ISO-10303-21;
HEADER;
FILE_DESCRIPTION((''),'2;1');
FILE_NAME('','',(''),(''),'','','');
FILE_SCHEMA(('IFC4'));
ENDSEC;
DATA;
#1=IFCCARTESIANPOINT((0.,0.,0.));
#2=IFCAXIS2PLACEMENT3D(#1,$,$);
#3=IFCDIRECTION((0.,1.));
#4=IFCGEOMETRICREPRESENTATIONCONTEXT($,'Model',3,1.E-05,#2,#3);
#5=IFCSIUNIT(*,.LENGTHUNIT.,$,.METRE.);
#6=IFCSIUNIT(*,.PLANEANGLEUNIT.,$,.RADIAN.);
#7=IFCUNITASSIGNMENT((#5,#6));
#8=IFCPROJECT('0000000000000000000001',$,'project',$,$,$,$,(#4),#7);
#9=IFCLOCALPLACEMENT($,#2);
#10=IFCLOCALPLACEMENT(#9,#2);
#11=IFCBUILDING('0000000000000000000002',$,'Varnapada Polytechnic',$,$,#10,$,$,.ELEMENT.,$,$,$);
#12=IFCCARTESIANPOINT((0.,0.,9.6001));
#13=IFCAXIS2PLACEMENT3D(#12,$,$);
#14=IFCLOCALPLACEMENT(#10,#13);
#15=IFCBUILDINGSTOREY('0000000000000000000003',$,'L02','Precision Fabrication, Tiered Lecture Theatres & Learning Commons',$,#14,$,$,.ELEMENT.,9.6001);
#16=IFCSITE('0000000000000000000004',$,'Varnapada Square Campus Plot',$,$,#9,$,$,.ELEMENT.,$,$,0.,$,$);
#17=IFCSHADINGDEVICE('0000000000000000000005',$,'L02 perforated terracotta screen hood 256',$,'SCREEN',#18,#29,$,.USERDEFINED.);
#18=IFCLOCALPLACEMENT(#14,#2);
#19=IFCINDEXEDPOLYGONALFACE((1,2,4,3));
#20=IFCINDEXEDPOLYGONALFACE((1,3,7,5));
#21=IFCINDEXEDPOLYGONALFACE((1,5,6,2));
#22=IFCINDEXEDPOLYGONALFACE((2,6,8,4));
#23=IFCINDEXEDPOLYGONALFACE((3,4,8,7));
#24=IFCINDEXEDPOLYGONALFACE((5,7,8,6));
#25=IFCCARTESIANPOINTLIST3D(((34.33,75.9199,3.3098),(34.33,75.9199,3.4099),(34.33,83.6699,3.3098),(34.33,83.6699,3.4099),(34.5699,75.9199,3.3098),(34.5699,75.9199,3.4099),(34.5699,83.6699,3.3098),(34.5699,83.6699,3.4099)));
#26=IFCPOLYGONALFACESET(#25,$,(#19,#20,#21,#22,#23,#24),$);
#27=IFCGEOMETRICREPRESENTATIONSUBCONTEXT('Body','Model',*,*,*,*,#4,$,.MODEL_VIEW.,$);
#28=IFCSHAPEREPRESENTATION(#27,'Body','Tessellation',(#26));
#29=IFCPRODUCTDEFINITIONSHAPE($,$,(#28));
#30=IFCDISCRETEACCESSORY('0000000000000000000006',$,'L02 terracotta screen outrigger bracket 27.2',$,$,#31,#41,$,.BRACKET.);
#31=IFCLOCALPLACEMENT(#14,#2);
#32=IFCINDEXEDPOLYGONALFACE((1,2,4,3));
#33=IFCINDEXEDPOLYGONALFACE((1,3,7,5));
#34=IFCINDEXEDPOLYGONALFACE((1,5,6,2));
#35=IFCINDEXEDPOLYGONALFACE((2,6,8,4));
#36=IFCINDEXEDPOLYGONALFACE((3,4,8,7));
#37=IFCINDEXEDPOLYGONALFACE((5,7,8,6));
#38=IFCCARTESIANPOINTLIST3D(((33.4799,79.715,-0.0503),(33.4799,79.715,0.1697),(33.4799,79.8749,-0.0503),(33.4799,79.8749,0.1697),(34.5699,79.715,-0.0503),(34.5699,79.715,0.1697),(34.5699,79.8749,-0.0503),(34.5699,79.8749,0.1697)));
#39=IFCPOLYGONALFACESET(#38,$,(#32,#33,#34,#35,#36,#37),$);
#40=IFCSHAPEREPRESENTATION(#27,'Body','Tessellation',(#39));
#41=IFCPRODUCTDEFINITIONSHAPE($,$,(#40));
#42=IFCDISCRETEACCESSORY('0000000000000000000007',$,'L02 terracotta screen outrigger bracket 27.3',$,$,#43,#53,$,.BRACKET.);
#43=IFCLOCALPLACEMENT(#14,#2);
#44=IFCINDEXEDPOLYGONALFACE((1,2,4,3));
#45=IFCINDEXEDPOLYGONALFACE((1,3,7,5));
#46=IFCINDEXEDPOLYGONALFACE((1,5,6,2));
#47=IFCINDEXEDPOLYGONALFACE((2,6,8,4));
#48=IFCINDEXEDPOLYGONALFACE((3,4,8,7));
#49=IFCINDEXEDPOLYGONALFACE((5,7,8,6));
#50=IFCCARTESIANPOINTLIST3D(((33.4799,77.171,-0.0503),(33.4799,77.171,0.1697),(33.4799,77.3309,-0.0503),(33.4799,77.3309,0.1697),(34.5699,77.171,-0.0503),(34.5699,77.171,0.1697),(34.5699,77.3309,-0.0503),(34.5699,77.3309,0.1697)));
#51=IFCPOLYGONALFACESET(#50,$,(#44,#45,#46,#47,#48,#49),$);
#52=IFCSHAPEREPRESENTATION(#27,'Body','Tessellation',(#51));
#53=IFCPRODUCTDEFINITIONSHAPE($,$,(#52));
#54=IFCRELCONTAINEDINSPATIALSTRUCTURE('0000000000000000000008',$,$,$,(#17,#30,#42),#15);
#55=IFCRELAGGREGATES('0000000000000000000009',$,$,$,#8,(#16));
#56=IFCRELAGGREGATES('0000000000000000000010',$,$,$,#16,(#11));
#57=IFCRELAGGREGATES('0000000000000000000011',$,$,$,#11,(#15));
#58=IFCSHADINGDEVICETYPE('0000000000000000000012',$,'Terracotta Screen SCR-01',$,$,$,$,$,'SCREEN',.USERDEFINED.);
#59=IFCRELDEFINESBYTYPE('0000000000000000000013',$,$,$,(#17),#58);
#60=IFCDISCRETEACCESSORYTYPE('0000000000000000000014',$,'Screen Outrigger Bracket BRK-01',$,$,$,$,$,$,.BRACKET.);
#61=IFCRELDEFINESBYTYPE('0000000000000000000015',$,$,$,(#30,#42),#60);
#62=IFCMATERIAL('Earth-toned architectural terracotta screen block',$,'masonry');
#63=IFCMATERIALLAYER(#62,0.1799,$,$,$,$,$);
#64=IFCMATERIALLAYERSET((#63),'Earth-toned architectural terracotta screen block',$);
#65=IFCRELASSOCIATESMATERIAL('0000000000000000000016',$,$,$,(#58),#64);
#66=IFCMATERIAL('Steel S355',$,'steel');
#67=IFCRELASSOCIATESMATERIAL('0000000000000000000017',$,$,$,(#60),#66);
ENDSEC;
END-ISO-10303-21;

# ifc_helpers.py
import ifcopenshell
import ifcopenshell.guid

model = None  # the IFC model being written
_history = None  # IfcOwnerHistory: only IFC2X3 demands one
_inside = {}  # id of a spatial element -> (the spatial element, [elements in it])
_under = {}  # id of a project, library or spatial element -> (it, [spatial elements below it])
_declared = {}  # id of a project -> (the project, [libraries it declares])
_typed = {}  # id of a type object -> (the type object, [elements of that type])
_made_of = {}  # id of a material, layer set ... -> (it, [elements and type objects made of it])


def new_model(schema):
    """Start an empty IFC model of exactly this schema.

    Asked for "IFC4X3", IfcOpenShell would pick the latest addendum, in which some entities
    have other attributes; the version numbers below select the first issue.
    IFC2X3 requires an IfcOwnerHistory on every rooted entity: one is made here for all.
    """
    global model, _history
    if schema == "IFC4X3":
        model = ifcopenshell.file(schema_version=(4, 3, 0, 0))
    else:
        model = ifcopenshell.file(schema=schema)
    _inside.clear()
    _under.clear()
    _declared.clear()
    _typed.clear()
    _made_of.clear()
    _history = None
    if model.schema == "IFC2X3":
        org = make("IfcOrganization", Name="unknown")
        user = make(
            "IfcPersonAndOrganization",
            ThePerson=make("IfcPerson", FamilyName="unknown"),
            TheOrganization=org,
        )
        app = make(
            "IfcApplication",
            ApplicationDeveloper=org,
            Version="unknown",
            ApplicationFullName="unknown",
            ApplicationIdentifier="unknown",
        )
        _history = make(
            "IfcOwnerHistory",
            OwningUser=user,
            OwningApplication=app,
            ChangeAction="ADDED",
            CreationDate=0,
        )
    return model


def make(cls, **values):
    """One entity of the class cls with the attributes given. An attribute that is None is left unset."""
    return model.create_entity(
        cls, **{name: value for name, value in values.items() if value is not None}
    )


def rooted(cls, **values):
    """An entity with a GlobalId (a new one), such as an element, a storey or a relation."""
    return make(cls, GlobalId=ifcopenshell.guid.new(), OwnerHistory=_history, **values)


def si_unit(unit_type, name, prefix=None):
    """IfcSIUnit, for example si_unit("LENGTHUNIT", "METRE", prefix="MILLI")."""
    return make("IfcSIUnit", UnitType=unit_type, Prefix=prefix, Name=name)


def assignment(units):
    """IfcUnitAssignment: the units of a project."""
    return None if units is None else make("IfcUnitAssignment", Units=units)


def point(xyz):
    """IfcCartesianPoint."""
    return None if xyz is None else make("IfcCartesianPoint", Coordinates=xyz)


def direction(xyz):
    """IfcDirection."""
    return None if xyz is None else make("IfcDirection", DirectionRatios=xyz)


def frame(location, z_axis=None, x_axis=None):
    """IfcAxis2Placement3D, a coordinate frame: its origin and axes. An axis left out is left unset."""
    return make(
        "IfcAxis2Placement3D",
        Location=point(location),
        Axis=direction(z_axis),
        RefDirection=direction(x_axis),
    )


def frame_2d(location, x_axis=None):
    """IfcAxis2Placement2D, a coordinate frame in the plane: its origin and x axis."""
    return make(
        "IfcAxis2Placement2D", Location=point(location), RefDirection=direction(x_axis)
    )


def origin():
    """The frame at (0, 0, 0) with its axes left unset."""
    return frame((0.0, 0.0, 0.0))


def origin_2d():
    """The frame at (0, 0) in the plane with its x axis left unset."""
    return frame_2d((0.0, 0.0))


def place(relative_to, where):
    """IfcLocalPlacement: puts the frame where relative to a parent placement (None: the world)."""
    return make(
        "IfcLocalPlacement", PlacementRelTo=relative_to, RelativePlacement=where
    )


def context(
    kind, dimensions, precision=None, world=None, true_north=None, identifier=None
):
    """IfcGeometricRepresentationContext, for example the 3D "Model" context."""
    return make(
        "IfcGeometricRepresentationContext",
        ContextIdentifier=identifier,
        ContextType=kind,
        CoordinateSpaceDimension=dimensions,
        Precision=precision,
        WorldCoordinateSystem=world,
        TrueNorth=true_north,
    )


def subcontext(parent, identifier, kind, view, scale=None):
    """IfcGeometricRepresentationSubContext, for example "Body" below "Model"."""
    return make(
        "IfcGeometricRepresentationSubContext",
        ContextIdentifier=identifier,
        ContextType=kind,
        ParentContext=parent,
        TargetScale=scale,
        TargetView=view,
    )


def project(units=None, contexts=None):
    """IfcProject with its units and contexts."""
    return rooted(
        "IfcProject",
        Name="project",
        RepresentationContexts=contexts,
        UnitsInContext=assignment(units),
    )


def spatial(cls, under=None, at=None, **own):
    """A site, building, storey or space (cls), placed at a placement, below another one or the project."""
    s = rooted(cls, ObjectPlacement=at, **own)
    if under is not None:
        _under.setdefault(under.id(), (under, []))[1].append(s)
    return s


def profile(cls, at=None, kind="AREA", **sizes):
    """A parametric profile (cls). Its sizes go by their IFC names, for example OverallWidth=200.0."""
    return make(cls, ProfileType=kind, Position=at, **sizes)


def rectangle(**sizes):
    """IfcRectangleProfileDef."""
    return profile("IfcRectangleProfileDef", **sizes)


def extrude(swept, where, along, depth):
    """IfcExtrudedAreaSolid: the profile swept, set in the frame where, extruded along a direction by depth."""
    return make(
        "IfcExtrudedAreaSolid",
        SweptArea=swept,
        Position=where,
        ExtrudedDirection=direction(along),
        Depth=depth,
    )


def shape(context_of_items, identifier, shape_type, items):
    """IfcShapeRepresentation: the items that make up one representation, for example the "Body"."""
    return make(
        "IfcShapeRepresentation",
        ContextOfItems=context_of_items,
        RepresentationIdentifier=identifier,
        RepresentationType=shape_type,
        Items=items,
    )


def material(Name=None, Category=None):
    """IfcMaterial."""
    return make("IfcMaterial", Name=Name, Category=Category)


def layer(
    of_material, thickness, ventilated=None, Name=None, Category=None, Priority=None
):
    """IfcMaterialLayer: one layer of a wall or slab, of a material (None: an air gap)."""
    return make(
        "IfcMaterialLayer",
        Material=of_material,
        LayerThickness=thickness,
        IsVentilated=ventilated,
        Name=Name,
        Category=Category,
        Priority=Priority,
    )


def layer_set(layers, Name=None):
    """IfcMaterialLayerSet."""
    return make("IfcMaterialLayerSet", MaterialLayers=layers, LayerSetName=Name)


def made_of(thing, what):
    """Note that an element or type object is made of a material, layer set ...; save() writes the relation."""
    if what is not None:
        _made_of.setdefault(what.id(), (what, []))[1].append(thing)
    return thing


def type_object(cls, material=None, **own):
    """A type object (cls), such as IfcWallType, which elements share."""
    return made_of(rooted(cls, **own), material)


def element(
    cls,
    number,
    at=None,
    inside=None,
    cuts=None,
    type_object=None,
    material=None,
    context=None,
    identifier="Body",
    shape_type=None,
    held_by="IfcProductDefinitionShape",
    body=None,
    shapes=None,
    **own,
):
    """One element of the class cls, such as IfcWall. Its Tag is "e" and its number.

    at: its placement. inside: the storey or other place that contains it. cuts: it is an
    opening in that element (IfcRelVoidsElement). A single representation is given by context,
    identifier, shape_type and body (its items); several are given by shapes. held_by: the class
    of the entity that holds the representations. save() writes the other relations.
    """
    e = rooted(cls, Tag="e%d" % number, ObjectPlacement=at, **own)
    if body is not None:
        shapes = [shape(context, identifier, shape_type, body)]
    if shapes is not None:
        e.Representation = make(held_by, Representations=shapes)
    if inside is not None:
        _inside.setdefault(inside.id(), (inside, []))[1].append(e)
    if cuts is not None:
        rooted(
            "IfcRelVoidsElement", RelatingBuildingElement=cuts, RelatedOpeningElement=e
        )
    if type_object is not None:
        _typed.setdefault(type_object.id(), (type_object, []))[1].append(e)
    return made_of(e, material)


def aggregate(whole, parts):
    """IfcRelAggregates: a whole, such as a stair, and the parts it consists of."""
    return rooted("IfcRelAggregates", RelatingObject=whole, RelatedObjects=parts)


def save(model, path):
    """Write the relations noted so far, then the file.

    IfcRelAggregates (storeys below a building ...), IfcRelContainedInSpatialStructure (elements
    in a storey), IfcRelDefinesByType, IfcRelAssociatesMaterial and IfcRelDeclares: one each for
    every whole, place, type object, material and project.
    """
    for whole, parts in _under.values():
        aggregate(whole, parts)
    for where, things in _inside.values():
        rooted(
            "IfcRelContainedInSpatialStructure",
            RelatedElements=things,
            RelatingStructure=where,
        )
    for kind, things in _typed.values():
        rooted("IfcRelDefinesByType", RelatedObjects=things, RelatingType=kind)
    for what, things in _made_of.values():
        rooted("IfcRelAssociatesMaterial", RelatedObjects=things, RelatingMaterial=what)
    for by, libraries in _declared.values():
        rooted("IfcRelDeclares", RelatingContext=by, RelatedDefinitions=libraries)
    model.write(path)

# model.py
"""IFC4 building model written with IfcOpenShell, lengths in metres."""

from ifc_helpers import new_model, si_unit, direction, frame, origin, origin_2d, place, context, subcontext, project, spatial, rectangle, extrude, material, layer, layer_set, type_object, element, save


model = new_model("IFC4")

# Units and contexts
model_context = context("Model", 3, precision=1e-05, world=origin(), true_north=direction((0.0, 1.0)))
body_context = subcontext(model_context, "Body", "Model", "MODEL_VIEW")
ifc_project = project(units=[si_unit("LENGTHUNIT", "METRE"), si_unit("PLANEANGLEUNIT", "RADIAN")], contexts=[model_context])

# Site, building, storey
site_placement = place(None, origin())
site = spatial("IfcSite", under=ifc_project, at=site_placement, Name="Varnapada Square Campus Plot", CompositionType="ELEMENT", RefElevation=0.0)
building_placement = place(site_placement, origin())
building = spatial("IfcBuilding", under=site, at=building_placement, Name="Varnapada Polytechnic", CompositionType="ELEMENT")
storey_placement = place(building_placement, frame((0.0, 0.0, 9.6001)))
storey = spatial("IfcBuildingStorey", under=building, at=storey_placement, Name="L02", Description="Precision Fabrication, Tiered Lecture Theatres & Learning Commons", CompositionType="ELEMENT", Elevation=9.6001)

# Shared definitions
ifc_material_1 = material(Name="Earth-toned architectural terracotta screen block", Category="masonry")

# Shading device
ifc_layer_1 = layer(ifc_material_1, 0.1799)
ifc_layer_set_1 = layer_set([ifc_layer_1], Name="Earth-toned architectural terracotta screen block")
shading_device_type = type_object("IfcShadingDeviceType", Name="Terracotta Screen SCR-01", ElementType="SCREEN", PredefinedType="USERDEFINED", material=ifc_layer_set_1)
shading_device_placement = place(storey_placement, frame((34.45, 79.7949, 3.3098), z_axis=(0.0, 0.0, 1.0), x_axis=(0.0, -1.0, 0.0)))
element("IfcShadingDevice", 1, at=shading_device_placement, inside=storey, type_object=shading_device_type, Name="L02 perforated terracotta screen hood 256", ObjectType="SCREEN", PredefinedType="USERDEFINED", context=body_context, shape_type="SweptSolid", body=[
    extrude(rectangle(XDim=7.75, YDim=0.24, at=origin_2d()), origin(), (0.0, 0.0, 1.0), 0.1001),
])

# Discrete accessories
ifc_material_2 = material(Name="Steel S355", Category="steel")
discrete_accessory_type = type_object("IfcDiscreteAccessoryType", Name="Screen Outrigger Bracket BRK-01", PredefinedType="BRACKET", material=ifc_material_2)
for number, where, z_axis, x_axis, name in (
    (2, (34.0249, 79.7949, -0.0503), (0.0, 0.0, 1.0), (0.0, -1.0, 0.0), "L02 terracotta screen outrigger bracket 27.2"),
    (3, (34.0249, 77.251, -0.0503), (0.0, 0.0, 1.0), (0.0, -1.0, 0.0), "L02 terracotta screen outrigger bracket 27.3"),
):
    element("IfcDiscreteAccessory", number, at=place(storey_placement, frame(where, z_axis=z_axis, x_axis=x_axis)), inside=storey, type_object=discrete_accessory_type, Name=name, PredefinedType="BRACKET", context=body_context, shape_type="SweptSolid", body=[
        extrude(rectangle(XDim=0.1599, YDim=1.0901, at=origin_2d()), origin(), (0.0, 0.0, 1.0), 0.22),
    ])

save(model, "model.ifc")
